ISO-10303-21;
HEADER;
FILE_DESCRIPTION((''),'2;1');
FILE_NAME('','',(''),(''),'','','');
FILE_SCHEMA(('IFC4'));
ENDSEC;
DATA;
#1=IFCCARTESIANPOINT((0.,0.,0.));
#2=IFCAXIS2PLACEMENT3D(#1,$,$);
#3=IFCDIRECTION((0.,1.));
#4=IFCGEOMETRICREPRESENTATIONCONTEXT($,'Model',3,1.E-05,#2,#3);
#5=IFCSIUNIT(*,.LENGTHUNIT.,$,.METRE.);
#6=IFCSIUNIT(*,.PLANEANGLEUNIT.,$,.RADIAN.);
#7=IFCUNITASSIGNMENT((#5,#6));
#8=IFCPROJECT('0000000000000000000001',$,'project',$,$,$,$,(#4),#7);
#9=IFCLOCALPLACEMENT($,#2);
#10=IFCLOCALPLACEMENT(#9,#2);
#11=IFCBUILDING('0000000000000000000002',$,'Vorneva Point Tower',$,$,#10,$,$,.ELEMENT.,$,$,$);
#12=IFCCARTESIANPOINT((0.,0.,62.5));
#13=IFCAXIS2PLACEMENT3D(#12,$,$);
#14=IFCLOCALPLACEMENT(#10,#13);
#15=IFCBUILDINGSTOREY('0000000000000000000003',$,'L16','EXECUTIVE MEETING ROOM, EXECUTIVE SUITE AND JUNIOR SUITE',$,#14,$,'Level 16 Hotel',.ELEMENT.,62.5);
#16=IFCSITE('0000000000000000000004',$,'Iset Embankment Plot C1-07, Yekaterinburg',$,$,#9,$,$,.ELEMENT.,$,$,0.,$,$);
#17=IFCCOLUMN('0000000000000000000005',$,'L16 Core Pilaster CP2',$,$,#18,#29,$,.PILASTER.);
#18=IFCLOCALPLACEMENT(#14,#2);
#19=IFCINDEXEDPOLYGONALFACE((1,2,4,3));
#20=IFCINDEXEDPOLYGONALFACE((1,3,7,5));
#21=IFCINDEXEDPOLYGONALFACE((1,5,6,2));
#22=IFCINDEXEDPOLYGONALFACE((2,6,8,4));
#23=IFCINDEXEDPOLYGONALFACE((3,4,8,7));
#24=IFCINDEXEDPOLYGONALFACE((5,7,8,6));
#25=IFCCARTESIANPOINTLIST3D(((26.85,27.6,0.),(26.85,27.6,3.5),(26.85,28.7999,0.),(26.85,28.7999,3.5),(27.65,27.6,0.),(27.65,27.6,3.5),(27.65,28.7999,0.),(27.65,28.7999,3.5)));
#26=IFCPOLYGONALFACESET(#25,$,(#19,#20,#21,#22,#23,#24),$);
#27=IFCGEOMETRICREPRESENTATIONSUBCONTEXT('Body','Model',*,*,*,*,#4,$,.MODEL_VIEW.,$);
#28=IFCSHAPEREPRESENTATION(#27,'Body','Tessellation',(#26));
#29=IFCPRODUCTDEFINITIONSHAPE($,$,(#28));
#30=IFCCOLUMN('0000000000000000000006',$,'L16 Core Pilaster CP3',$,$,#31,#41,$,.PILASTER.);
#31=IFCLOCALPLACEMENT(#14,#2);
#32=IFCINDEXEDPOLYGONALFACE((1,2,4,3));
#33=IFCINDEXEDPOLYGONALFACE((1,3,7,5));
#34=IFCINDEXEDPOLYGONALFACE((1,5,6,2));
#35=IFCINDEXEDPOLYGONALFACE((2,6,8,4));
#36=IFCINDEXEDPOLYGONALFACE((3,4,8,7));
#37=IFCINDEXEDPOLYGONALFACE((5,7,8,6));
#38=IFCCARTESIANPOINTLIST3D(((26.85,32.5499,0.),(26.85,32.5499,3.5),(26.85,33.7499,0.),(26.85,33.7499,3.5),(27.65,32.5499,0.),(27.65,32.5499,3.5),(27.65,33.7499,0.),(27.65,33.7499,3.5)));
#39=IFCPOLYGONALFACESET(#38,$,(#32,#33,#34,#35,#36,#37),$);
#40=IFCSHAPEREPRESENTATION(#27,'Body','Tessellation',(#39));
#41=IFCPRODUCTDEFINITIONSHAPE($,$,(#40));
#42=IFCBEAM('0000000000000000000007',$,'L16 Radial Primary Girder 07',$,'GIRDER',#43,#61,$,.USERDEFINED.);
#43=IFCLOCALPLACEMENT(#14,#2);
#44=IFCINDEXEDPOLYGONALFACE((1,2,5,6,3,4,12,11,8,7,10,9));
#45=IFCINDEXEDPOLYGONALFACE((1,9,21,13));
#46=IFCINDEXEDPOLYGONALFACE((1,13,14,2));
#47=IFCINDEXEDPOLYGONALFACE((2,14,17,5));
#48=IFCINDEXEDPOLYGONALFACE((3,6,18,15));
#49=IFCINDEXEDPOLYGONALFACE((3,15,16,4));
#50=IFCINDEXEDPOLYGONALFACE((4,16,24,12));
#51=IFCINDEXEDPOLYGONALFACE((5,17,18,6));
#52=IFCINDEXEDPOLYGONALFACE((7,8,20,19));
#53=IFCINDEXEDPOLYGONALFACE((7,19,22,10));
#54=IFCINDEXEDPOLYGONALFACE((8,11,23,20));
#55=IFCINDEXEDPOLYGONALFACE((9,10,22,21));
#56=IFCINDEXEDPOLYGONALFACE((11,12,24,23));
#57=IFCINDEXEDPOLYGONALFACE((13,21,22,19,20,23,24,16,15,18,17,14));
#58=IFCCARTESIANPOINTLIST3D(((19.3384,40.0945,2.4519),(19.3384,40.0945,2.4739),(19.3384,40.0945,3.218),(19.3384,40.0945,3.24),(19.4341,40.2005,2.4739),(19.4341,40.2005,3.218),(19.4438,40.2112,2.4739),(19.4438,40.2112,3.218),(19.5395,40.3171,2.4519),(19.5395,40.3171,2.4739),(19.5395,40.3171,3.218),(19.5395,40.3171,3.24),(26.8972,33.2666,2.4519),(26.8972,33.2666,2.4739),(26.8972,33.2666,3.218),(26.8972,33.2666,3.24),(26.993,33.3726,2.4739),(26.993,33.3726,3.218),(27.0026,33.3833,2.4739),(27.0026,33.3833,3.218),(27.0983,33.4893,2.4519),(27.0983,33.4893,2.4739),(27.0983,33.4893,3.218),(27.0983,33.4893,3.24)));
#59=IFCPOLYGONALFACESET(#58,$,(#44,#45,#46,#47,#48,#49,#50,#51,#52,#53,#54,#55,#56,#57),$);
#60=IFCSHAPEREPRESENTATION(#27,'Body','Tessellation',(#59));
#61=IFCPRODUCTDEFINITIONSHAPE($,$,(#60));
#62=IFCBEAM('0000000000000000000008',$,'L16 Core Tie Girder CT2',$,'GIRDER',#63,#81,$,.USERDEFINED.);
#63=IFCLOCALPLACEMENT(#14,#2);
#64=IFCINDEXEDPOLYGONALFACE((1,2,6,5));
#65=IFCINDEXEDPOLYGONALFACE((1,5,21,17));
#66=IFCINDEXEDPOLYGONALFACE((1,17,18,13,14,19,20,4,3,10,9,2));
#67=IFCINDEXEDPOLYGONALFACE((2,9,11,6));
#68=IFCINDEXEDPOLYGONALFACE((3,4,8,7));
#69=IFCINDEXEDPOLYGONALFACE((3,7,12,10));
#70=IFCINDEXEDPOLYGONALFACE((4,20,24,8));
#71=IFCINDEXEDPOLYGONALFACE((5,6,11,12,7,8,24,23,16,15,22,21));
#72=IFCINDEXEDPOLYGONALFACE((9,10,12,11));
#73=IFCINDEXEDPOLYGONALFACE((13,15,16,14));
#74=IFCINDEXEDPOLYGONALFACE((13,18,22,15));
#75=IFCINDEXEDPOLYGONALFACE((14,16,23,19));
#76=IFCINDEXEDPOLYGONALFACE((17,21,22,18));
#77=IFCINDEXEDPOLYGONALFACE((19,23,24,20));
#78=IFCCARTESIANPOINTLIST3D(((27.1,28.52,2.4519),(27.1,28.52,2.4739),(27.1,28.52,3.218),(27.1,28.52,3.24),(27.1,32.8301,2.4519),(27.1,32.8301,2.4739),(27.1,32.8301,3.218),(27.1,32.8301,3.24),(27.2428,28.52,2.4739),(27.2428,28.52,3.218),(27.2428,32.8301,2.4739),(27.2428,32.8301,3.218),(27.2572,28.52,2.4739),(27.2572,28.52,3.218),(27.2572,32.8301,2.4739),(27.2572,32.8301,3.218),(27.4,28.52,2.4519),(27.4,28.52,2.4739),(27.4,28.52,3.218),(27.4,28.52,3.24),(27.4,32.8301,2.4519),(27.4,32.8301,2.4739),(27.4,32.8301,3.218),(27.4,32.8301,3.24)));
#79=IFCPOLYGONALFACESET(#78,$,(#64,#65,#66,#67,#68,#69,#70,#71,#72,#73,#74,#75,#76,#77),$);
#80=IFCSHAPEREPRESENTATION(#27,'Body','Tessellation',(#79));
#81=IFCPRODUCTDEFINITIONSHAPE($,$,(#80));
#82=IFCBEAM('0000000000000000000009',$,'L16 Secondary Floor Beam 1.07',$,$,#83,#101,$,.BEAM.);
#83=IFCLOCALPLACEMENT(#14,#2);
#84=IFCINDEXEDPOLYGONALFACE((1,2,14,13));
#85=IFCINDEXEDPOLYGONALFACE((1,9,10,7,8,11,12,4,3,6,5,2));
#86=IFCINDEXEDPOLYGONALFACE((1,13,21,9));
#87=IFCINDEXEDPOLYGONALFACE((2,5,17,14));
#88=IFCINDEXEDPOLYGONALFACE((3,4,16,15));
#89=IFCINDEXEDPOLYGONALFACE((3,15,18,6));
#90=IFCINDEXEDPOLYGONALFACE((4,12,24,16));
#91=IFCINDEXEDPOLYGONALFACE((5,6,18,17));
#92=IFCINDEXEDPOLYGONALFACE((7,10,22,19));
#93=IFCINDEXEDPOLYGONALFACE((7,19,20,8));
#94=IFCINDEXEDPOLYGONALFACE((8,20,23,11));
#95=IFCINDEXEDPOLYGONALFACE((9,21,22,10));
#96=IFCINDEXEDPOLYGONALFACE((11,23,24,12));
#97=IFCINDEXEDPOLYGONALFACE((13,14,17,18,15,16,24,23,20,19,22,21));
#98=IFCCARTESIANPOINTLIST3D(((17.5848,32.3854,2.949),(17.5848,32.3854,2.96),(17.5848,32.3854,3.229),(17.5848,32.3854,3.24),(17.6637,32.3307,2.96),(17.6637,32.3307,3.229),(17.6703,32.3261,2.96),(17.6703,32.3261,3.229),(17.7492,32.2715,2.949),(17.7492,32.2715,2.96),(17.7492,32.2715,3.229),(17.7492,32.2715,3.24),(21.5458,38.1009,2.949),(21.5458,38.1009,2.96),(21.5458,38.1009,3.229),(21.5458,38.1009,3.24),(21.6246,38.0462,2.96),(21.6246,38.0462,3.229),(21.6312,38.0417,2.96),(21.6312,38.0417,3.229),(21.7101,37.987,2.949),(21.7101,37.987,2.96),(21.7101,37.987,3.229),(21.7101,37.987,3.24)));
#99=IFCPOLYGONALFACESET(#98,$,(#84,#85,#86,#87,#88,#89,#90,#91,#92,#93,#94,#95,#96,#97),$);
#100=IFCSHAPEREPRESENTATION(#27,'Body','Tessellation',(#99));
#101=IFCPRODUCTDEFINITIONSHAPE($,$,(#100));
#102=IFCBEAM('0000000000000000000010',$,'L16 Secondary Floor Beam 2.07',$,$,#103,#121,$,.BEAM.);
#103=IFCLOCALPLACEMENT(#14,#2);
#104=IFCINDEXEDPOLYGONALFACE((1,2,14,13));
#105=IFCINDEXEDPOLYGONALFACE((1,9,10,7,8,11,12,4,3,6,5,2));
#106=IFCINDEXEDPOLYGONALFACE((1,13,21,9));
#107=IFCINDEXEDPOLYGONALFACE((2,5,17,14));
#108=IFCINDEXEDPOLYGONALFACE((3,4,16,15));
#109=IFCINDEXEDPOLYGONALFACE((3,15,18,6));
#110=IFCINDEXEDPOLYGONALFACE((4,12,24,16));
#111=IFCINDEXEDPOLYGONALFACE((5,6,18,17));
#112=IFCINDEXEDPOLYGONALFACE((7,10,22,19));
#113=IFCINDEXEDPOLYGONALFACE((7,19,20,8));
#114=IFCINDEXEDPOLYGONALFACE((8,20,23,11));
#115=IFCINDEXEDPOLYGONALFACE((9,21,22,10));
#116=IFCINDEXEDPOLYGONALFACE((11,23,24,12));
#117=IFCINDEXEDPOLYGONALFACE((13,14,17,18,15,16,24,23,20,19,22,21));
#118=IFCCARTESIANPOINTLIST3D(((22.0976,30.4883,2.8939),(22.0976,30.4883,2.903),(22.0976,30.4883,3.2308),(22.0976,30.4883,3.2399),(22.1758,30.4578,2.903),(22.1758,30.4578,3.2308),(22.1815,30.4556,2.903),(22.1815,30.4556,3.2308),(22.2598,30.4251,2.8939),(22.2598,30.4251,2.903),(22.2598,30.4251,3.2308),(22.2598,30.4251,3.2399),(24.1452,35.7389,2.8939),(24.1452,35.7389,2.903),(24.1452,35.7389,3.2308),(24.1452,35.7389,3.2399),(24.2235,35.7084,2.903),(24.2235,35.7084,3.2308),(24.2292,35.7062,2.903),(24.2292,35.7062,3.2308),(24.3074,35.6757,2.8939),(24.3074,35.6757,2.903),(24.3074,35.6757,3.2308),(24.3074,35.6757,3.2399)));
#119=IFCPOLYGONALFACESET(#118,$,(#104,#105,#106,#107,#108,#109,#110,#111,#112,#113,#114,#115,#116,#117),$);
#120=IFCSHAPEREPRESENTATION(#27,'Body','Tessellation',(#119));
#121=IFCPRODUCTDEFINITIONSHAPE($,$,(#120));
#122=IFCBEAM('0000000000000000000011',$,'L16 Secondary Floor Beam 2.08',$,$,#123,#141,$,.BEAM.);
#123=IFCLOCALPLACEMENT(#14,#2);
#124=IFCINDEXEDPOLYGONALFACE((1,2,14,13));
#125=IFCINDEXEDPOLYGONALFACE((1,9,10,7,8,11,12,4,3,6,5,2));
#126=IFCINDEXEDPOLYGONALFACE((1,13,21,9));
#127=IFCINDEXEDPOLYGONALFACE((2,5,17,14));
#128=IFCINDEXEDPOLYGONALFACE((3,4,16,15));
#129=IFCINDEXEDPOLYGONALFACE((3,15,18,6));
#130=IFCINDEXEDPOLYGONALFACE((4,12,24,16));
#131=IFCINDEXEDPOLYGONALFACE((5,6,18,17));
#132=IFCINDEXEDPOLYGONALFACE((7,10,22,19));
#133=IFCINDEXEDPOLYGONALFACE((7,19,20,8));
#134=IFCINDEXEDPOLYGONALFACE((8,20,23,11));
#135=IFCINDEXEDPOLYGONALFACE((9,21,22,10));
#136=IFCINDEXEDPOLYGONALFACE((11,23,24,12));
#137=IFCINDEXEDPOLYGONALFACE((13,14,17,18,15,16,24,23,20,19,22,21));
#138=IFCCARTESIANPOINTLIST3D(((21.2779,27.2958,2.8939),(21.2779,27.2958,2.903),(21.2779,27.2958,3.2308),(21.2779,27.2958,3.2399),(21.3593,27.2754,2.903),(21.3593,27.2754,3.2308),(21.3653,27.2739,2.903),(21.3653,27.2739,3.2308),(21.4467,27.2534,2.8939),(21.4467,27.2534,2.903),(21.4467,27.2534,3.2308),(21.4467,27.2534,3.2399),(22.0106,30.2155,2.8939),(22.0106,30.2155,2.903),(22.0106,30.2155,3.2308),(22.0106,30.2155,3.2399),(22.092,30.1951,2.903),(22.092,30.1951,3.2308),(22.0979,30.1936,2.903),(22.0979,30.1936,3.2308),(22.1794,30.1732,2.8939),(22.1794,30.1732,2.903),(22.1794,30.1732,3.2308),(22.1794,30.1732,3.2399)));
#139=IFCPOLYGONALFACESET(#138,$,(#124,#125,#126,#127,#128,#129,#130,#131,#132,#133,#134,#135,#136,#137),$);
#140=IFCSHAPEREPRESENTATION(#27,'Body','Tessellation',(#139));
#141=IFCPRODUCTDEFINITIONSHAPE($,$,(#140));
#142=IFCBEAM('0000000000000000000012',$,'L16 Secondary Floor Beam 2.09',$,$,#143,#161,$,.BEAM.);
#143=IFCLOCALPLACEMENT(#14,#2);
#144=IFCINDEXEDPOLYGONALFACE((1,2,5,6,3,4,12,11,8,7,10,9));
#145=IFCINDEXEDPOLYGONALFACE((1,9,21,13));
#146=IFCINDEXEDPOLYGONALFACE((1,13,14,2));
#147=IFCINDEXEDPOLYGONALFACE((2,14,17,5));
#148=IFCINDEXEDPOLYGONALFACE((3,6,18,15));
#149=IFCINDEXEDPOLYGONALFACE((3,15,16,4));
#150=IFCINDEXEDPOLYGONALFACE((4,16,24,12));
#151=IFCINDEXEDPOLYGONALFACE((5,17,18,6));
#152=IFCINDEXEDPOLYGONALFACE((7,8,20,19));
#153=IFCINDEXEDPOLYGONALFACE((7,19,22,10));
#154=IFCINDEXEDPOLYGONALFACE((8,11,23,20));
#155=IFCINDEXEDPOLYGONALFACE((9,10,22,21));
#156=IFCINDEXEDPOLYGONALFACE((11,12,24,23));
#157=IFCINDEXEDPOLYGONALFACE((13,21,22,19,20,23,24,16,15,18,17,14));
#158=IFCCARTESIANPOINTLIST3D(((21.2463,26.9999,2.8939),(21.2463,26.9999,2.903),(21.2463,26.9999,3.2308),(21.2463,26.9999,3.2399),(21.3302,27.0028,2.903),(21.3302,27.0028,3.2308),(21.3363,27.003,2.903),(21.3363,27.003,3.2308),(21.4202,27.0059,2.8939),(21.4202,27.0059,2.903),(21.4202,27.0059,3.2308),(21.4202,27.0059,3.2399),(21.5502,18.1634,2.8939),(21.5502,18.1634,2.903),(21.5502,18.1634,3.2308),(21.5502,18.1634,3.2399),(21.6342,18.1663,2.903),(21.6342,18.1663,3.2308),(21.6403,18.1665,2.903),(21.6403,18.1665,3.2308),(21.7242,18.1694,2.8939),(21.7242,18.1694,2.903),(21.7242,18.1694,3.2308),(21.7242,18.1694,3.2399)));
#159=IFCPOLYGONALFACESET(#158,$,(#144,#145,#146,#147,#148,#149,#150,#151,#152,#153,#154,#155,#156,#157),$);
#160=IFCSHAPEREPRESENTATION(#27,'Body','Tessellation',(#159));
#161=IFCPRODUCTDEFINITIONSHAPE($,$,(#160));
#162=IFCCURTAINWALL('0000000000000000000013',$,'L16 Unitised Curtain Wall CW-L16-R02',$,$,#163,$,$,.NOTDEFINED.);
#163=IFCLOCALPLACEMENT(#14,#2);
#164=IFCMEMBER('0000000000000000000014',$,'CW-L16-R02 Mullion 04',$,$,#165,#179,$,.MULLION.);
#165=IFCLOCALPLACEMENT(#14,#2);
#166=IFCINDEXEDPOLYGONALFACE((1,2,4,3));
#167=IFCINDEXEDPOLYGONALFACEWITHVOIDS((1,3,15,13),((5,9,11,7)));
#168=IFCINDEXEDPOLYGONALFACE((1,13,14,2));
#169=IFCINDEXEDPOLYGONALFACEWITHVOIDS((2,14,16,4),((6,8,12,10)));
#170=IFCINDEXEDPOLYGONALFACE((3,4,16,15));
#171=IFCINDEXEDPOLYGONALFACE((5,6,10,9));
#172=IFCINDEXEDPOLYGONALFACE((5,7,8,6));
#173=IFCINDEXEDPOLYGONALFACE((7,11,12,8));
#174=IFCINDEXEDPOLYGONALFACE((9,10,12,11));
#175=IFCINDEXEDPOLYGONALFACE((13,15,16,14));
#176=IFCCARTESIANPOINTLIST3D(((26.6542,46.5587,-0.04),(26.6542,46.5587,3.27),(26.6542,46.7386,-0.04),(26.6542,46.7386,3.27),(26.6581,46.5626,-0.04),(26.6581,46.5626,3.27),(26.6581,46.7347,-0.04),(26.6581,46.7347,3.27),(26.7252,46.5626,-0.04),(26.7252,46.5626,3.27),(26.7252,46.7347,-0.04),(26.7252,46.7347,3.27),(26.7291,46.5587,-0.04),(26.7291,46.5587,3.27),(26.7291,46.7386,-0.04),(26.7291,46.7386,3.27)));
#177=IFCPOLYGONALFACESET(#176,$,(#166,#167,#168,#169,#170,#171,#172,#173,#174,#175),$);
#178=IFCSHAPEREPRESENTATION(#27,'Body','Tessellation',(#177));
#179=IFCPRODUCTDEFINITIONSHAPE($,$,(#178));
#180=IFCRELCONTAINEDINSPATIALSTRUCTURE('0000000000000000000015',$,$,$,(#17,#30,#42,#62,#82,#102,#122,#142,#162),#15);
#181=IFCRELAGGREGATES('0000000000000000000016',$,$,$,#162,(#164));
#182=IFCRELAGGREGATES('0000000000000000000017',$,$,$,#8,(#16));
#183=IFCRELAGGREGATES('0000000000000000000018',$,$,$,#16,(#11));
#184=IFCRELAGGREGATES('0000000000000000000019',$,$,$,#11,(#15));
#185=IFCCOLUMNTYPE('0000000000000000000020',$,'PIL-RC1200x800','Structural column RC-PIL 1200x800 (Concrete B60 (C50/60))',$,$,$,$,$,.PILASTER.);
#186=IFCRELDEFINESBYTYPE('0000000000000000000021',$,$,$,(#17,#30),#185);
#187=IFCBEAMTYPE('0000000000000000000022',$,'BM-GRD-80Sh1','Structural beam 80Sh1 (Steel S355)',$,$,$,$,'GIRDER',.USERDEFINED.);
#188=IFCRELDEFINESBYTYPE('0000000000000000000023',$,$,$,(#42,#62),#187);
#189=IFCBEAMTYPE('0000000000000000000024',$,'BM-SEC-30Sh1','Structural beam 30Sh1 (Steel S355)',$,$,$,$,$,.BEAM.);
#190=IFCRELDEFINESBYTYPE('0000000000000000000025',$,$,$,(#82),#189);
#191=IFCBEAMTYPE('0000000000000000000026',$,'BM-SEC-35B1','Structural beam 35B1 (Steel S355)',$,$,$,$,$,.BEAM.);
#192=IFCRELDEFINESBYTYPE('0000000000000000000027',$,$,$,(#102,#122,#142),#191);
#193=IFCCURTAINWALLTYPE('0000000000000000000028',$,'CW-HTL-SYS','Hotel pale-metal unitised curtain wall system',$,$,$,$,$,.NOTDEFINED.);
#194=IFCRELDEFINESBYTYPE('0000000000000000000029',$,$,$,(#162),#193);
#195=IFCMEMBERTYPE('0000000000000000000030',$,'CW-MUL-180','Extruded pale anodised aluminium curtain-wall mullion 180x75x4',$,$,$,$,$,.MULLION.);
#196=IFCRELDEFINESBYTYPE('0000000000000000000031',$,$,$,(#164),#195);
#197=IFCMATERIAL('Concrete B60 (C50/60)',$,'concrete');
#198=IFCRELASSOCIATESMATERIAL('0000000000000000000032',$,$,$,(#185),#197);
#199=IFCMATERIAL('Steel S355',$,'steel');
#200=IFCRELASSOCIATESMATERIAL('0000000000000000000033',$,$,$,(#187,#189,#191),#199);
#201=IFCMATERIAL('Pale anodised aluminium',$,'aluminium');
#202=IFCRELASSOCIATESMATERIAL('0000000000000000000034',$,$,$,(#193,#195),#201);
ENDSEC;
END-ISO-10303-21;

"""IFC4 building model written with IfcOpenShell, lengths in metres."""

from ifc_helpers import new_model, si_unit, direction, frame, origin, origin_2d, place, context, subcontext, project, spatial, rectangle, hollow_rectangle, i_section, extrude, material, material_profile, profile_set, type_object, element, aggregate, save


model = new_model("IFC4")

# Units and contexts
model_context = context("Model", 3, precision=1e-05, world=origin(), true_north=direction((0.0, 1.0)))
body_context = subcontext(model_context, "Body", "Model", "MODEL_VIEW")
ifc_project = project(units=[si_unit("LENGTHUNIT", "METRE"), si_unit("PLANEANGLEUNIT", "RADIAN")], contexts=[model_context])

# Site, building, storey
site_placement = place(None, origin())
site = spatial("IfcSite", under=ifc_project, at=site_placement, Name="Iset Embankment Plot C1-07, Yekaterinburg", CompositionType="ELEMENT", RefElevation=0.0)
building_placement = place(site_placement, origin())
building = spatial("IfcBuilding", under=site, at=building_placement, Name="Vorneva Point Tower", CompositionType="ELEMENT")
storey_placement = place(building_placement, frame((0.0, 0.0, 62.5)))
storey = spatial("IfcBuildingStorey", under=building, at=storey_placement, Name="L16", Description="EXECUTIVE MEETING ROOM, EXECUTIVE SUITE AND JUNIOR SUITE", LongName="Level 16 Hotel", CompositionType="ELEMENT", Elevation=62.5)

# Columns
ifc_material_1 = material(Name="Concrete B60 (C50/60)", Category="concrete")
ifc_material_profile_1 = material_profile(ifc_material_1, rectangle(XDim=0.8, YDim=1.2, at=origin_2d()), Name="RC-PIL 1200x800")
ifc_profile_set_1 = profile_set([ifc_material_profile_1], Name="Concrete B60 (C50/60)")
column_type_1 = type_object("IfcColumnType", Name="PIL-RC1200x800", Description="Structural column RC-PIL 1200x800 (Concrete B60 (C50/60))", PredefinedType="PILASTER", material=ifc_profile_set_1)
for number, where, z_axis, x_axis, name in (
    (1, (27.25, 28.2, 0.0), (0.0, 0.0, 1.0), (1.0, 0.0, 0.0), "L16 Core Pilaster CP2"),
    (2, (27.25, 33.1499, 0.0), (0.0, 0.0, 1.0), (1.0, 0.0, 0.0), "L16 Core Pilaster CP3"),
):
    element("IfcColumn", number, at=place(storey_placement, frame(where, z_axis=z_axis, x_axis=x_axis)), inside=storey, type_object=column_type_1, Name=name, PredefinedType="PILASTER", context=body_context, shape_type="SweptSolid", body=[
        extrude(rectangle(XDim=0.8, YDim=1.2, at=origin_2d()), origin(), (0.0, 0.0, 1.0), 3.5),
    ])

# Beams
ifc_material_2 = material(Name="Steel S355", Category="steel")
ifc_material_profile_2 = material_profile(ifc_material_2, i_section(OverallWidth=0.3, OverallDepth=0.7881, WebThickness=0.0144, FlangeThickness=0.022, at=origin_2d()), Name="80Sh1")
ifc_profile_set_2 = profile_set([ifc_material_profile_2], Name="Steel S355")
beam_type_1 = type_object("IfcBeamType", Name="BM-GRD-80Sh1", Description="Structural beam 80Sh1 (Steel S355)", ElementType="GIRDER", PredefinedType="USERDEFINED", material=ifc_profile_set_2)
beam_1_placement = place(storey_placement, frame((19.439, 40.2058, 2.8459), z_axis=(0.742076, -0.670316, 0.0), x_axis=(0.670316, 0.742076, 0.0)))
element("IfcBeam", 3, at=beam_1_placement, inside=storey, type_object=beam_type_1, Name="L16 Radial Primary Girder 07", ObjectType="GIRDER", PredefinedType="USERDEFINED", context=body_context, shape_type="SweptSolid", body=[
    extrude(i_section(OverallWidth=0.3, OverallDepth=0.7881, WebThickness=0.0144, FlangeThickness=0.022, at=origin_2d()), origin(), (0.0, 0.0, 1.0), 10.186),
])
beam_2_placement = place(storey_placement, frame((27.25, 28.52, 2.8459), z_axis=(0.0, 1.0, 0.0), x_axis=(-1.0, 0.0, 0.0)))
element("IfcBeam", 4, at=beam_2_placement, inside=storey, type_object=beam_type_1, Name="L16 Core Tie Girder CT2", ObjectType="GIRDER", PredefinedType="USERDEFINED", context=body_context, shape_type="SweptSolid", body=[
    extrude(i_section(OverallWidth=0.3, OverallDepth=0.7881, WebThickness=0.0144, FlangeThickness=0.022, at=origin_2d()), origin(), (0.0, 0.0, 1.0), 4.3101),
])
ifc_material_profile_3 = material_profile(ifc_material_2, i_section(OverallWidth=0.2, OverallDepth=0.291, WebThickness=0.0081, FlangeThickness=0.011, at=origin_2d()), Name="30Sh1")
ifc_profile_set_3 = profile_set([ifc_material_profile_3], Name="Steel S355")
beam_type_2 = type_object("IfcBeamType", Name="BM-SEC-30Sh1", Description="Structural beam 30Sh1 (Steel S355)", PredefinedType="BEAM", material=ifc_profile_set_3)
beam_3_placement = place(storey_placement, frame((21.6279, 38.0439, 3.0945), z_axis=(-0.569599, -0.821923, 0.0), x_axis=(0.821923, -0.569599, 0.0)))
element("IfcBeam", 5, at=beam_3_placement, inside=storey, type_object=beam_type_2, Name="L16 Secondary Floor Beam 1.07", PredefinedType="BEAM", context=body_context, shape_type="SweptSolid", body=[
    extrude(i_section(OverallWidth=0.2, OverallDepth=0.291, WebThickness=0.0081, FlangeThickness=0.011, at=origin_2d()), origin(), (0.0, 0.0, 1.0), 6.9539),
])
ifc_material_profile_4 = material_profile(ifc_material_2, i_section(OverallWidth=0.1741, OverallDepth=0.3459, WebThickness=0.0061, FlangeThickness=0.009, at=origin_2d()), Name="35B1")
ifc_profile_set_4 = profile_set([ifc_material_profile_4], Name="Steel S355")
beam_type_3 = type_object("IfcBeamType", Name="BM-SEC-35B1", Description="Structural beam 35B1 (Steel S355)", PredefinedType="BEAM", material=ifc_profile_set_4)
beam_4_placement = place(storey_placement, frame((24.2263, 35.7073, 3.0669), z_axis=(-0.363332, -0.93166, 0.0), x_axis=(0.93166, -0.363332, 0.0)))
element("IfcBeam", 6, at=beam_4_placement, inside=storey, type_object=beam_type_3, Name="L16 Secondary Floor Beam 2.07", PredefinedType="BEAM", context=body_context, shape_type="SweptSolid", body=[
    extrude(i_section(OverallWidth=0.1741, OverallDepth=0.3459, WebThickness=0.0061, FlangeThickness=0.009, at=origin_2d()), origin(), (0.0, 0.0, 1.0), 5.6357),
])
beam_5_placement = place(storey_placement, frame((22.095, 30.1943, 3.0669), z_axis=(-0.243394, -0.969927, 0.0), x_axis=(0.969927, -0.243394, 0.0)))
element("IfcBeam", 7, at=beam_5_placement, inside=storey, type_object=beam_type_3, Name="L16 Secondary Floor Beam 2.08", PredefinedType="BEAM", context=body_context, shape_type="SweptSolid", body=[
    extrude(i_section(OverallWidth=0.1741, OverallDepth=0.3459, WebThickness=0.0061, FlangeThickness=0.009, at=origin_2d()), origin(), (0.0, 0.0, 1.0), 3.0103),
])
beam_6_placement = place(storey_placement, frame((21.3333, 27.0029, 3.0669), z_axis=(0.034377, -0.999409, 0.0), x_axis=(0.999409, 0.034377, 0.0)))
element("IfcBeam", 8, at=beam_6_placement, inside=storey, type_object=beam_type_3, Name="L16 Secondary Floor Beam 2.09", PredefinedType="BEAM", context=body_context, shape_type="SweptSolid", body=[
    extrude(i_section(OverallWidth=0.1741, OverallDepth=0.3459, WebThickness=0.0061, FlangeThickness=0.009, at=origin_2d()), origin(), (0.0, 0.0, 1.0), 8.8418),
])

# Curtain wall, member
ifc_material_3 = material(Name="Pale anodised aluminium", Category="aluminium")
curtain_wall_type = type_object("IfcCurtainWallType", Name="CW-HTL-SYS", Description="Hotel pale-metal unitised curtain wall system", PredefinedType="NOTDEFINED", material=ifc_material_3)
curtain_wall_placement = place(storey_placement, origin())
curtain_wall = element("IfcCurtainWall", 9, at=curtain_wall_placement, inside=storey, type_object=curtain_wall_type, Name="L16 Unitised Curtain Wall CW-L16-R02", PredefinedType="NOTDEFINED")
ifc_material_profile_5 = material_profile(ifc_material_3, hollow_rectangle(XDim=0.075, YDim=0.1799, WallThickness=0.0039, at=origin_2d()), Name="AL-MUL 180x75x4")
ifc_profile_set_5 = profile_set([ifc_material_profile_5], Name="Pale anodised aluminium")
member_type_1 = type_object("IfcMemberType", Name="CW-MUL-180", Description="Extruded pale anodised aluminium curtain-wall mullion 180x75x4", PredefinedType="MULLION", material=ifc_profile_set_5)
member_1_placement = place(storey_placement, frame((26.6917, 46.6487, -0.04), z_axis=(0.0, 0.0, 1.0), x_axis=(1.0, 0.0, 0.0)))
member_1 = element("IfcMember", 10, at=member_1_placement, type_object=member_type_1, Name="CW-L16-R02 Mullion 04", PredefinedType="MULLION", context=body_context, shape_type="SweptSolid", body=[
    extrude(hollow_rectangle(XDim=0.075, YDim=0.1799, WallThickness=0.0039, at=origin_2d()), origin(), (0.0, 0.0, 1.0), 3.3101),
])
aggregate(curtain_wall, [member_1])

save(model, "model.ifc")
